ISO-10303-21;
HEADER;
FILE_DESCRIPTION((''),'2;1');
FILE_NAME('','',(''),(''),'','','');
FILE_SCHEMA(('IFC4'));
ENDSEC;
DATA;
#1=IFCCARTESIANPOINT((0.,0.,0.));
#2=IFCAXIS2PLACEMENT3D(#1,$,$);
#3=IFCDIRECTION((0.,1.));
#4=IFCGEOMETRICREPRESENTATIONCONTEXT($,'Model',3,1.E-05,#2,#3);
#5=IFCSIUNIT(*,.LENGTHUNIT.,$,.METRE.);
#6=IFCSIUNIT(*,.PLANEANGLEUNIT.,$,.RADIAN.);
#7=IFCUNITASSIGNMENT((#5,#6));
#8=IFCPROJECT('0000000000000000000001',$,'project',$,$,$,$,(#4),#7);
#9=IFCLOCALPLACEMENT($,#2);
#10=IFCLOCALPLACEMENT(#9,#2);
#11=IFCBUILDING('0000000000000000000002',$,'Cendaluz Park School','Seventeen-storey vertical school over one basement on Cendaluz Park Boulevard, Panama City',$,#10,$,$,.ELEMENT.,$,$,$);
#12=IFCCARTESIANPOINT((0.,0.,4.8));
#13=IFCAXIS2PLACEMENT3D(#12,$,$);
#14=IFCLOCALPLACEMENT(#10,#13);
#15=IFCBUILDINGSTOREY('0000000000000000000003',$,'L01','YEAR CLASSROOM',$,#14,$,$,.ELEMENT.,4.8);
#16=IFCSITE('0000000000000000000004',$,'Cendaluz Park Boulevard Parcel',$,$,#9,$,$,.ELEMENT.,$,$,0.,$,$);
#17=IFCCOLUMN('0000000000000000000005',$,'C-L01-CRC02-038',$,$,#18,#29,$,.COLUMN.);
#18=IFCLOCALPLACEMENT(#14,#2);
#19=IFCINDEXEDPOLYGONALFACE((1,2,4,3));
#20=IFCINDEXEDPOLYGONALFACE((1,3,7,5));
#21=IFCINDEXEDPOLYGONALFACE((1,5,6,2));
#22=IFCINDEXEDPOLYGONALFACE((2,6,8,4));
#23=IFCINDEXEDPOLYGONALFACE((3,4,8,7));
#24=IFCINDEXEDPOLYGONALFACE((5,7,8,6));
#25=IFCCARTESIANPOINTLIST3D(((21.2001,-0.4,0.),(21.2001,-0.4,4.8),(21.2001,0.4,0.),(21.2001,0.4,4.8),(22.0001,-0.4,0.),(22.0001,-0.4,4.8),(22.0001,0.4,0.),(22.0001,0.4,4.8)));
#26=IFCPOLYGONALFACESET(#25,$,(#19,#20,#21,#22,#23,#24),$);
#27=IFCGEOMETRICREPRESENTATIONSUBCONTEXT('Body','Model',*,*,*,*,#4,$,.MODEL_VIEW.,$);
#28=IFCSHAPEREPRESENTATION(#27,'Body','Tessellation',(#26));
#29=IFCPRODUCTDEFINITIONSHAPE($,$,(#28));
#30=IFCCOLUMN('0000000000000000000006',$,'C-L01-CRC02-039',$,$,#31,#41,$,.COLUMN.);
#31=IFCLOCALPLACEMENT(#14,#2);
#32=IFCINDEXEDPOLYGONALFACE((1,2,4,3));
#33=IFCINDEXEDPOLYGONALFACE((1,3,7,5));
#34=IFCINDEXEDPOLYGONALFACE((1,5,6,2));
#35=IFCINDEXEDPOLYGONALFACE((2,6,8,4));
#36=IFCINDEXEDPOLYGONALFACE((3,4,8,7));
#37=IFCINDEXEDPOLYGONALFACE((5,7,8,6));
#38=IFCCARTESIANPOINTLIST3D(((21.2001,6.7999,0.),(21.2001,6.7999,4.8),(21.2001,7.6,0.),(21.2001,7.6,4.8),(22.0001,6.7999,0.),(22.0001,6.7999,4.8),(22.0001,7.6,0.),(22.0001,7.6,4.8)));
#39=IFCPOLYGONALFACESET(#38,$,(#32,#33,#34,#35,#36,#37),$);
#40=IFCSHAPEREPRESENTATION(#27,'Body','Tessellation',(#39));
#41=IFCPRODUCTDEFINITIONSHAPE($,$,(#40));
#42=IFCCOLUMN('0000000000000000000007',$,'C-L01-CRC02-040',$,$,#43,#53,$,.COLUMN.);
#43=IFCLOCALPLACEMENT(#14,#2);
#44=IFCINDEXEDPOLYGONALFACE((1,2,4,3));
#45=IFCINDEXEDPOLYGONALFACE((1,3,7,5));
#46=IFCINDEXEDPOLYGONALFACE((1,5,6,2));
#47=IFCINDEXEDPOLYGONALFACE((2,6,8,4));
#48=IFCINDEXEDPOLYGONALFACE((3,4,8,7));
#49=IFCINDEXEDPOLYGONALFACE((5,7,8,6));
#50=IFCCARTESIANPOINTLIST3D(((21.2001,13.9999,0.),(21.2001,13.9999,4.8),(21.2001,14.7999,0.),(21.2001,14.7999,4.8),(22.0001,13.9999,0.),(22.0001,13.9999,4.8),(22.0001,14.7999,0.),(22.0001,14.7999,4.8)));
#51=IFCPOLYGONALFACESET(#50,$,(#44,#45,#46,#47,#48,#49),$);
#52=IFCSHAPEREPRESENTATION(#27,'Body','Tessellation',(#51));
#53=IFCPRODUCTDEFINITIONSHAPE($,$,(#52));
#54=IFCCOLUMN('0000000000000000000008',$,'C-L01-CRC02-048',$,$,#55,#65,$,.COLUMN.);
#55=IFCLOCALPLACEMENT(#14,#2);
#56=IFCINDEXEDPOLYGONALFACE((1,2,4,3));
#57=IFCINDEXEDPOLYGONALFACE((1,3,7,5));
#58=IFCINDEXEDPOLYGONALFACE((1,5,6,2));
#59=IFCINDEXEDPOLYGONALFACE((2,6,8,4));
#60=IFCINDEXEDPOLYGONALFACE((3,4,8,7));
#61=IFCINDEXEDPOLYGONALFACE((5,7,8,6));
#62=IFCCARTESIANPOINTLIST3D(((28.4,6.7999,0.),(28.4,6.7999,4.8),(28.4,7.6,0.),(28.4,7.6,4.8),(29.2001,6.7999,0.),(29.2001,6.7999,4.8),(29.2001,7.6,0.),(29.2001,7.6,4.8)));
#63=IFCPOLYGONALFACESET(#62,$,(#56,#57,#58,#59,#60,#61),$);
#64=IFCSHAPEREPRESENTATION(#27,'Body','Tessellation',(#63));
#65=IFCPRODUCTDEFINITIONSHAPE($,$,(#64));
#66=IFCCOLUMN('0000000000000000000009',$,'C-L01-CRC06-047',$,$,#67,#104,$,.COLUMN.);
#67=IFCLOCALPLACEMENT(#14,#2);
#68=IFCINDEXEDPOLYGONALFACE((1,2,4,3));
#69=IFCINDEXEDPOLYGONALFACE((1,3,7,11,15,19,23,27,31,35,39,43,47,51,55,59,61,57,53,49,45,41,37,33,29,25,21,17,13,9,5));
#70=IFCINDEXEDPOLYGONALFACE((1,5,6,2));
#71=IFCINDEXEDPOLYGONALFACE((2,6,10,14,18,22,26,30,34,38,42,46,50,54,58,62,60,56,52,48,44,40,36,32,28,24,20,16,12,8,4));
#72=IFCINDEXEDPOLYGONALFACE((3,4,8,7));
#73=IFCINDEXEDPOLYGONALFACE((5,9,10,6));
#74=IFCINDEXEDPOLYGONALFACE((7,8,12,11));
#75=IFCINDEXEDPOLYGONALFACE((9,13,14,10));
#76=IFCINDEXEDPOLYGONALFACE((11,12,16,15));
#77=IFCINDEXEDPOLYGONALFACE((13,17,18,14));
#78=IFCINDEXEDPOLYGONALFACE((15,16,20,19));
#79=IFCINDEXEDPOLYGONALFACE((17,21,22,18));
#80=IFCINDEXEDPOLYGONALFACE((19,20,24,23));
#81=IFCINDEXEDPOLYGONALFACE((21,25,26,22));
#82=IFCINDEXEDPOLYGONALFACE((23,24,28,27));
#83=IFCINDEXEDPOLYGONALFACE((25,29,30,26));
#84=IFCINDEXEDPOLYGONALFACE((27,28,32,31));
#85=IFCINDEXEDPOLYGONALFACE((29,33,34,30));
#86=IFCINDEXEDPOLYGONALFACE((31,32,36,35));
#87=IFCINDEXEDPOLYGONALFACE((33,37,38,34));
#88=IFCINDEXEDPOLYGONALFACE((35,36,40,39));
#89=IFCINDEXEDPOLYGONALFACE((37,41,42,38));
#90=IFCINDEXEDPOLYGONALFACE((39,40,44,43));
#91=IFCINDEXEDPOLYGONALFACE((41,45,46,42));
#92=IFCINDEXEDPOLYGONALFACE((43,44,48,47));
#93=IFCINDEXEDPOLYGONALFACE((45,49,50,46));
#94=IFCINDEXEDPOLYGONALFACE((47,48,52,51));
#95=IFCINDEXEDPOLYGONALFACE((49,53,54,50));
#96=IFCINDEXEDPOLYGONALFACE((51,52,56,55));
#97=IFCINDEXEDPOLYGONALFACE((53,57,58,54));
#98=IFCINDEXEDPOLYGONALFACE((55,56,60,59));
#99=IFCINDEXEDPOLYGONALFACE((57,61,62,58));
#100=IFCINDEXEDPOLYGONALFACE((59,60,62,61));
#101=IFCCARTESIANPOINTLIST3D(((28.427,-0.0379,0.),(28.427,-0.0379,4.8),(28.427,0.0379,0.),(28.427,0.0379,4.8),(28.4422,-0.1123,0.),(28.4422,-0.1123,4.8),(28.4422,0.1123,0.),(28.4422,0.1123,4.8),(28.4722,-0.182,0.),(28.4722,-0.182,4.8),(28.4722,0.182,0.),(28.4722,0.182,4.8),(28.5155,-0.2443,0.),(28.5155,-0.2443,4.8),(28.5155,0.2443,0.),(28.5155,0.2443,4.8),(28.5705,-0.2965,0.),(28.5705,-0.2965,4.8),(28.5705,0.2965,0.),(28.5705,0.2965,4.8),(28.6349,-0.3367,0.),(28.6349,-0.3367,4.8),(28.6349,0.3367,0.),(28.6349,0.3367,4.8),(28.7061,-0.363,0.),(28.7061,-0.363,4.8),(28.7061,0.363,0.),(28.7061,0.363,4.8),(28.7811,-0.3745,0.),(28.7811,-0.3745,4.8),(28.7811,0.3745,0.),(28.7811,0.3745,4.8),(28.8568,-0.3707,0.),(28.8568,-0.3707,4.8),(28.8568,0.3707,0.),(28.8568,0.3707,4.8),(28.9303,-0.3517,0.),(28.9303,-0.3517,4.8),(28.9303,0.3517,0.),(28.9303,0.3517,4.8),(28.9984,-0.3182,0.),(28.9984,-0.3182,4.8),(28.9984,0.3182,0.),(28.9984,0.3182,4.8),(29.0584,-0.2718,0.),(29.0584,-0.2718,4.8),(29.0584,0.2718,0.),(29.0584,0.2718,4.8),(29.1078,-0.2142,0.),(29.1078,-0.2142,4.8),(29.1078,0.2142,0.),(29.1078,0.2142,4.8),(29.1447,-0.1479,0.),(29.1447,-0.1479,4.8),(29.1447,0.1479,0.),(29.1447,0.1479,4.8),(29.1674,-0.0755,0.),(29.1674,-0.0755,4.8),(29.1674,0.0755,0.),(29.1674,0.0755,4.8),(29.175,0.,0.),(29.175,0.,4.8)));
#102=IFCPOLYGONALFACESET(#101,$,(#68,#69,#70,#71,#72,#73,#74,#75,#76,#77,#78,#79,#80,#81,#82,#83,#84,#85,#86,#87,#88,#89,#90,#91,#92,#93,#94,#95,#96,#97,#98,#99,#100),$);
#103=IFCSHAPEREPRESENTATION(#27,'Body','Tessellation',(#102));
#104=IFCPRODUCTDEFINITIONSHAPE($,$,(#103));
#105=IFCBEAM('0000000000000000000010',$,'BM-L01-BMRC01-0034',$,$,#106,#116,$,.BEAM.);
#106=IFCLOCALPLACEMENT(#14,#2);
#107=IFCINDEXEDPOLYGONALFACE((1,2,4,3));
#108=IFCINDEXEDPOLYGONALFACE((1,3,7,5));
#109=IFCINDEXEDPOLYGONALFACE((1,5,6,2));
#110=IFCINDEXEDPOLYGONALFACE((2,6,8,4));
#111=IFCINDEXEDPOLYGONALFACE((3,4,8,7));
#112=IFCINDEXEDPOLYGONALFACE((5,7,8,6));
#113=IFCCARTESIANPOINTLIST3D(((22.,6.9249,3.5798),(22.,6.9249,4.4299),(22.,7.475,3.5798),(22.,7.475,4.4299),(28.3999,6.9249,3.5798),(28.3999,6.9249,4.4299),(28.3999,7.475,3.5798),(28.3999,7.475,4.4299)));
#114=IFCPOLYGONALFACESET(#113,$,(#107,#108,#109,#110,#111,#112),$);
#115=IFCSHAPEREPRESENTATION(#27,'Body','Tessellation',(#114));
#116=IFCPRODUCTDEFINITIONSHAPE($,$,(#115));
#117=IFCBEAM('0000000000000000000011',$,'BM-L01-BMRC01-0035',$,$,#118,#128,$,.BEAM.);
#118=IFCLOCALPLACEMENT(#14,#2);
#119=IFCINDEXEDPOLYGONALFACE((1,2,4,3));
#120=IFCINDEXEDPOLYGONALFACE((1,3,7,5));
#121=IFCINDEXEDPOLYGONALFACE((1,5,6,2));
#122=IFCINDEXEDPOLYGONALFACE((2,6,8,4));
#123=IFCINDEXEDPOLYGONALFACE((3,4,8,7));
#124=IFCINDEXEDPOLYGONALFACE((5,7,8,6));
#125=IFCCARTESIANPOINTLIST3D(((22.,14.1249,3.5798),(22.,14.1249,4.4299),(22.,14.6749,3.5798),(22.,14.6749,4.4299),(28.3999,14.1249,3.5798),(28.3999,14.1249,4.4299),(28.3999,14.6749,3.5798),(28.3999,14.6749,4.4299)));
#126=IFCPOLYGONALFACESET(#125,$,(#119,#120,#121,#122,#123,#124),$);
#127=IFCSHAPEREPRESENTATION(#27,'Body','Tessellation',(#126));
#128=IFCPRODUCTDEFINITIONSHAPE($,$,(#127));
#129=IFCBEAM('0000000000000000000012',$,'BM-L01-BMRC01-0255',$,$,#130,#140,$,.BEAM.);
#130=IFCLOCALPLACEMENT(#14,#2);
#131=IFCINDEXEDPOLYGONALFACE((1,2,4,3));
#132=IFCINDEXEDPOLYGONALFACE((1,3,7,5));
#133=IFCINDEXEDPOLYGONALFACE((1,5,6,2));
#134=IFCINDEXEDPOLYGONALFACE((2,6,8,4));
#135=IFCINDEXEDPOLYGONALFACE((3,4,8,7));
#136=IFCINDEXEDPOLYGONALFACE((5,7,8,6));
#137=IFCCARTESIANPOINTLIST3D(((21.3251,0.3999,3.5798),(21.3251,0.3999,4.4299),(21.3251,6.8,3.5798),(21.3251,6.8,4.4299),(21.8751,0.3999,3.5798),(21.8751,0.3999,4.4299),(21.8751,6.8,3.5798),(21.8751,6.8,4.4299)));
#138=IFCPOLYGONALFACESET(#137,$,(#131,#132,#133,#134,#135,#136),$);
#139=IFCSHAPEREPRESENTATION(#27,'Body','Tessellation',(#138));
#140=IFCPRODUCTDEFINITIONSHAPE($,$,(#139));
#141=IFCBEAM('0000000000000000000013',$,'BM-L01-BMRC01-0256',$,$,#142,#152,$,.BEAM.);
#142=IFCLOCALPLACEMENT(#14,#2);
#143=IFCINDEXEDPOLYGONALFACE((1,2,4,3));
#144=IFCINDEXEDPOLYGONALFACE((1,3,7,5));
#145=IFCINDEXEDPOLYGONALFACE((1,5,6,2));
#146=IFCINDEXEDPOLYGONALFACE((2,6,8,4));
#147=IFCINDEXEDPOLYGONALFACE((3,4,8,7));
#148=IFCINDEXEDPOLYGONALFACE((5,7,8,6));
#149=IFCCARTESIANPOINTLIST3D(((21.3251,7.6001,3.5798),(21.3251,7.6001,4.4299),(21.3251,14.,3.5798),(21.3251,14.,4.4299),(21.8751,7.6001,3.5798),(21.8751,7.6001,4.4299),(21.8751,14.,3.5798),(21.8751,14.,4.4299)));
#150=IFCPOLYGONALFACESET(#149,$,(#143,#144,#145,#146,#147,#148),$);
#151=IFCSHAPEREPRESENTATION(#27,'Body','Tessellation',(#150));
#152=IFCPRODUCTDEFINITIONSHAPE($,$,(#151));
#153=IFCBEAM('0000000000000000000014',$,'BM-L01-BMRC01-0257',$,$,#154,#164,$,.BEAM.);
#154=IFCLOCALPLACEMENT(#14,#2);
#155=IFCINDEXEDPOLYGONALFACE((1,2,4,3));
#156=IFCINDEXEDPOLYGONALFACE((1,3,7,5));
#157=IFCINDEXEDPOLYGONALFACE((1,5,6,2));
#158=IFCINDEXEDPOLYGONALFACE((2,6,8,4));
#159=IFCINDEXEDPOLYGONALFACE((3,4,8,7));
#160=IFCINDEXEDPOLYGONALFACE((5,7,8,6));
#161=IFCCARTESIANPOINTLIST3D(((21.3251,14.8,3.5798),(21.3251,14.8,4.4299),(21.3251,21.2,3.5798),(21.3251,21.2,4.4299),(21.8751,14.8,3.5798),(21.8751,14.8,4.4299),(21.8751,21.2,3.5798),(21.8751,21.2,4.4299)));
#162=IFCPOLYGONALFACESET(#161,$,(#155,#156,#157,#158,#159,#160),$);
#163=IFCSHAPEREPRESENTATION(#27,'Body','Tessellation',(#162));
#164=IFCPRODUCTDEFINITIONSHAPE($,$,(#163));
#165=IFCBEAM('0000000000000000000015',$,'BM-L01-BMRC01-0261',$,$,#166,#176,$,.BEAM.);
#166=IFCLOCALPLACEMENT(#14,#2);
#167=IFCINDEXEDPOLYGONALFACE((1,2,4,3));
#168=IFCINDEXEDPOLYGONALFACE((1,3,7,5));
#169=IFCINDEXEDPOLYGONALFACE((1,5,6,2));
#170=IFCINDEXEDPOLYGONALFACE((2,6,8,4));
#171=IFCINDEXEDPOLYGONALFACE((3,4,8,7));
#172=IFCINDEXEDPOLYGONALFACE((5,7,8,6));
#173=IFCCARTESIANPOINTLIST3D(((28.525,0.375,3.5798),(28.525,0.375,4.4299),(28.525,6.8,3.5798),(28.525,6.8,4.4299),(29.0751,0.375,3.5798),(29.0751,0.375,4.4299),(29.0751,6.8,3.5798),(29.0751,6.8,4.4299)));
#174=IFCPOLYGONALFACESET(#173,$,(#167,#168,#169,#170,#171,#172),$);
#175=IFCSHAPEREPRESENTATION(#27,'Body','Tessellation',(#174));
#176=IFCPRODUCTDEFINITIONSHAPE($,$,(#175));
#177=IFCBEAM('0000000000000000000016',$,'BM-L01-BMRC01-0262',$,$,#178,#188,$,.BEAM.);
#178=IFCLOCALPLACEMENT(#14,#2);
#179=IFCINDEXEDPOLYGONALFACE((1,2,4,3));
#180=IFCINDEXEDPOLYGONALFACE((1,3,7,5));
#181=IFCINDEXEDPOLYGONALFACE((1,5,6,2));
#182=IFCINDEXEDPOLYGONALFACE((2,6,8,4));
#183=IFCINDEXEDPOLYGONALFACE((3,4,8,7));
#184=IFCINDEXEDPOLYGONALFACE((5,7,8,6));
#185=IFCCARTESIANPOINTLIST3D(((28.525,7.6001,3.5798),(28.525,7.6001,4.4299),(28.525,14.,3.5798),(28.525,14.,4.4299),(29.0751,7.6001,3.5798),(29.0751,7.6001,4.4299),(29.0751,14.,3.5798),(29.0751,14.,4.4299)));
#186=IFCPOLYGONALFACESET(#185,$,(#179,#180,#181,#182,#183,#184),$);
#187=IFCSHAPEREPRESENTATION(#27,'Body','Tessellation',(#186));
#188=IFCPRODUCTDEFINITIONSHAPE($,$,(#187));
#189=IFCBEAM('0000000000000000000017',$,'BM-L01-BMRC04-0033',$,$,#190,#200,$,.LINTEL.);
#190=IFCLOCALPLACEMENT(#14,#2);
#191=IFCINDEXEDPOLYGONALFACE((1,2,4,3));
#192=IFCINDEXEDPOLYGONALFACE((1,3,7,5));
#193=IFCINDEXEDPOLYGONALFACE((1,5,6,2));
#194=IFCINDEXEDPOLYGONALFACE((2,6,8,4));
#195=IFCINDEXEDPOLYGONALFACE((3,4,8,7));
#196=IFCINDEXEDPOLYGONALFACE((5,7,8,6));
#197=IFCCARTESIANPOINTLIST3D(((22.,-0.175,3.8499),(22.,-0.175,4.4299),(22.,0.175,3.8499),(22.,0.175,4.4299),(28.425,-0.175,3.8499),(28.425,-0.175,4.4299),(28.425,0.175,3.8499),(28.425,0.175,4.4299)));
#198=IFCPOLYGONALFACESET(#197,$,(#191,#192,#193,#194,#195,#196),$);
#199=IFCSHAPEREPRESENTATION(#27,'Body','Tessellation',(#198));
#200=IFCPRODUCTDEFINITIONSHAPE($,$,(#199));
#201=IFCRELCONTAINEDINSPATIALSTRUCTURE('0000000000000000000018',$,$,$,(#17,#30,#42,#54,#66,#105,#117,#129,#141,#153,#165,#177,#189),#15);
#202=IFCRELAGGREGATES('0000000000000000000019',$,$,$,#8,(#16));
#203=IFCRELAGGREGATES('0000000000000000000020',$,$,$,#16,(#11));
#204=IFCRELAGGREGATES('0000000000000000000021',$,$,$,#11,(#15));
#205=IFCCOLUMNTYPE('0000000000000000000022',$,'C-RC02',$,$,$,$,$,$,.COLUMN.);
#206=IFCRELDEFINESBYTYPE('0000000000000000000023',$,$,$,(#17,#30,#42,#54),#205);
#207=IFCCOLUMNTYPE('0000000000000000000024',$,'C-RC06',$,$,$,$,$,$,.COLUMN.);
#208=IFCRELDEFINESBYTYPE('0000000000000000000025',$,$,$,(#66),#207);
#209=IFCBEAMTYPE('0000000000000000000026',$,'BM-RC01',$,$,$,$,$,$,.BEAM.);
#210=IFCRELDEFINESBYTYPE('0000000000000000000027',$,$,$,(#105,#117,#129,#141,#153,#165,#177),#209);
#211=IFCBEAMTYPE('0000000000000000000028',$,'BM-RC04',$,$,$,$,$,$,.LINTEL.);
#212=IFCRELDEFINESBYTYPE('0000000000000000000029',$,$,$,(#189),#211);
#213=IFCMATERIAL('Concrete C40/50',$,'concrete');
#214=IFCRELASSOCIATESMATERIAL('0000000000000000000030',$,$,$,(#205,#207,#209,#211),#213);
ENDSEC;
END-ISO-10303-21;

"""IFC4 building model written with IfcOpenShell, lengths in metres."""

from ifc_helpers import new_model, si_unit, direction, frame, origin, origin_2d, place, context, subcontext, project, spatial, rectangle, circle, extrude, material, material_profile, profile_set, type_object, element, save


model = new_model("IFC4")

# Units and contexts
model_context = context("Model", 3, precision=1e-05, world=origin(), true_north=direction((0.0, 1.0)))
body_context = subcontext(model_context, "Body", "Model", "MODEL_VIEW")
ifc_project = project(units=[si_unit("LENGTHUNIT", "METRE"), si_unit("PLANEANGLEUNIT", "RADIAN")], contexts=[model_context])

# Site, building, storey
site_placement = place(None, origin())
site = spatial("IfcSite", under=ifc_project, at=site_placement, Name="Cendaluz Park Boulevard Parcel", CompositionType="ELEMENT", RefElevation=0.0)
building_placement = place(site_placement, origin())
building = spatial("IfcBuilding", under=site, at=building_placement, Name="Cendaluz Park School", Description="Seventeen-storey vertical school over one basement on Cendaluz Park Boulevard, Panama City", CompositionType="ELEMENT")
storey_placement = place(building_placement, frame((0.0, 0.0, 4.8)))
storey = spatial("IfcBuildingStorey", under=building, at=storey_placement, Name="L01", Description="YEAR CLASSROOM", CompositionType="ELEMENT", Elevation=4.8)

# Columns
ifc_material_1 = material(Name="Concrete C40/50", Category="concrete")
ifc_material_profile_1 = material_profile(ifc_material_1, rectangle(XDim=0.8, YDim=0.8, at=origin_2d()), Name="RC 800x800", Category="concrete")
ifc_profile_set_1 = profile_set([ifc_material_profile_1], Name="Concrete C40/50")
column_type_1 = type_object("IfcColumnType", Name="C-RC02", PredefinedType="COLUMN", material=ifc_profile_set_1)
for number, where, z_axis, x_axis, name in (
    (1, (21.6001, 0.0, 0.0), (0.0, 0.0, 1.0), (1.0, 0.0, 0.0), "C-L01-CRC02-038"),
    (2, (21.6001, 7.2, 0.0), (0.0, 0.0, 1.0), (1.0, 0.0, 0.0), "C-L01-CRC02-039"),
    (3, (21.6001, 14.3999, 0.0), (0.0, 0.0, 1.0), (1.0, 0.0, 0.0), "C-L01-CRC02-040"),
    (4, (28.8, 7.2, 0.0), (0.0, 0.0, 1.0), (1.0, 0.0, 0.0), "C-L01-CRC02-048"),
):
    element("IfcColumn", number, at=place(storey_placement, frame(where, z_axis=z_axis, x_axis=x_axis)), inside=storey, type_object=column_type_1, Name=name, PredefinedType="COLUMN", context=body_context, shape_type="SweptSolid", body=[
        extrude(rectangle(XDim=0.8, YDim=0.8, at=origin_2d()), origin(), (0.0, 0.0, 1.0), 4.8),
    ])
ifc_material_profile_2 = material_profile(ifc_material_1, circle(Radius=0.375, at=origin_2d()), Name="RC D750", Category="concrete")
ifc_profile_set_2 = profile_set([ifc_material_profile_2], Name="Concrete C40/50")
column_type_2 = type_object("IfcColumnType", Name="C-RC06", PredefinedType="COLUMN", material=ifc_profile_set_2)
column_placement = place(storey_placement, frame((28.8, 0.0, 0.0), z_axis=(0.0, 0.0, 1.0), x_axis=(1.0, 0.0, 0.0)))
element("IfcColumn", 5, at=column_placement, inside=storey, type_object=column_type_2, Name="C-L01-CRC06-047", PredefinedType="COLUMN", context=body_context, shape_type="SweptSolid", body=[
    extrude(circle(Radius=0.375, at=origin_2d()), origin(), (0.0, 0.0, 1.0), 4.8),
])

# Beams
ifc_material_profile_3 = material_profile(ifc_material_1, rectangle(XDim=0.55, YDim=0.8501, at=origin_2d()), Name="RC 550x850", Category="concrete")
ifc_profile_set_3 = profile_set([ifc_material_profile_3], Name="Concrete C40/50")
beam_type_1 = type_object("IfcBeamType", Name="BM-RC01", PredefinedType="BEAM", material=ifc_profile_set_3)
for number, where, z_axis, x_axis, name in (
    (6, (22.0, 7.2, 4.0049), (1.0, 0.0, 0.0), (0.0, 1.0, 0.0), "BM-L01-BMRC01-0034"),
    (7, (22.0, 14.3999, 4.0049), (1.0, 0.0, 0.0), (0.0, 1.0, 0.0), "BM-L01-BMRC01-0035"),
):
    element("IfcBeam", number, at=place(storey_placement, frame(where, z_axis=z_axis, x_axis=x_axis)), inside=storey, type_object=beam_type_1, Name=name, PredefinedType="BEAM", context=body_context, shape_type="SweptSolid", body=[
        extrude(rectangle(XDim=0.55, YDim=0.8501, at=origin_2d()), origin(), (0.0, 0.0, 1.0), 6.3999),
    ])
beam_1_placement = place(storey_placement, frame((21.6001, 0.3999, 4.0049), z_axis=(0.0, 1.0, 0.0), x_axis=(-1.0, 0.0, 0.0)))
element("IfcBeam", 8, at=beam_1_placement, inside=storey, type_object=beam_type_1, Name="BM-L01-BMRC01-0255", PredefinedType="BEAM", context=body_context, shape_type="SweptSolid", body=[
    extrude(rectangle(XDim=0.55, YDim=0.8501, at=origin_2d()), origin(), (0.0, 0.0, 1.0), 6.4001),
])
for number, where, z_axis, x_axis, name in (
    (9, (21.6001, 7.6001, 4.0049), (0.0, 1.0, 0.0), (-1.0, 0.0, 0.0), "BM-L01-BMRC01-0256"),
    (10, (21.6001, 14.8, 4.0049), (0.0, 1.0, 0.0), (-1.0, 0.0, 0.0), "BM-L01-BMRC01-0257"),
):
    element("IfcBeam", number, at=place(storey_placement, frame(where, z_axis=z_axis, x_axis=x_axis)), inside=storey, type_object=beam_type_1, Name=name, PredefinedType="BEAM", context=body_context, shape_type="SweptSolid", body=[
        extrude(rectangle(XDim=0.55, YDim=0.8501, at=origin_2d()), origin(), (0.0, 0.0, 1.0), 6.3999),
    ])
beam_2_placement = place(storey_placement, frame((28.8, 0.375, 4.0049), z_axis=(0.0, 1.0, 0.0), x_axis=(-1.0, 0.0, 0.0)))
element("IfcBeam", 11, at=beam_2_placement, inside=storey, type_object=beam_type_1, Name="BM-L01-BMRC01-0261", PredefinedType="BEAM", context=body_context, shape_type="SweptSolid", body=[
    extrude(rectangle(XDim=0.55, YDim=0.8501, at=origin_2d()), origin(), (0.0, 0.0, 1.0), 6.425),
])
beam_3_placement = place(storey_placement, frame((28.8, 7.6001, 4.0049), z_axis=(0.0, 1.0, 0.0), x_axis=(-1.0, 0.0, 0.0)))
element("IfcBeam", 12, at=beam_3_placement, inside=storey, type_object=beam_type_1, Name="BM-L01-BMRC01-0262", PredefinedType="BEAM", context=body_context, shape_type="SweptSolid", body=[
    extrude(rectangle(XDim=0.55, YDim=0.8501, at=origin_2d()), origin(), (0.0, 0.0, 1.0), 6.3999),
])
ifc_material_profile_4 = material_profile(ifc_material_1, rectangle(XDim=0.3501, YDim=0.5801, at=origin_2d()), Name="RC 350x580", Category="concrete")
ifc_profile_set_4 = profile_set([ifc_material_profile_4], Name="Concrete C40/50")
beam_type_2 = type_object("IfcBeamType", Name="BM-RC04", PredefinedType="LINTEL", material=ifc_profile_set_4)
beam_4_placement = place(storey_placement, frame((22.0, 0.0, 4.1399), z_axis=(1.0, 0.0, 0.0), x_axis=(0.0, 1.0, 0.0)))
element("IfcBeam", 13, at=beam_4_placement, inside=storey, type_object=beam_type_2, Name="BM-L01-BMRC04-0033", PredefinedType="LINTEL", context=body_context, shape_type="SweptSolid", body=[
    extrude(rectangle(XDim=0.3501, YDim=0.5801, at=origin_2d()), origin(), (0.0, 0.0, 1.0), 6.425),
])

save(model, "model.ifc")
